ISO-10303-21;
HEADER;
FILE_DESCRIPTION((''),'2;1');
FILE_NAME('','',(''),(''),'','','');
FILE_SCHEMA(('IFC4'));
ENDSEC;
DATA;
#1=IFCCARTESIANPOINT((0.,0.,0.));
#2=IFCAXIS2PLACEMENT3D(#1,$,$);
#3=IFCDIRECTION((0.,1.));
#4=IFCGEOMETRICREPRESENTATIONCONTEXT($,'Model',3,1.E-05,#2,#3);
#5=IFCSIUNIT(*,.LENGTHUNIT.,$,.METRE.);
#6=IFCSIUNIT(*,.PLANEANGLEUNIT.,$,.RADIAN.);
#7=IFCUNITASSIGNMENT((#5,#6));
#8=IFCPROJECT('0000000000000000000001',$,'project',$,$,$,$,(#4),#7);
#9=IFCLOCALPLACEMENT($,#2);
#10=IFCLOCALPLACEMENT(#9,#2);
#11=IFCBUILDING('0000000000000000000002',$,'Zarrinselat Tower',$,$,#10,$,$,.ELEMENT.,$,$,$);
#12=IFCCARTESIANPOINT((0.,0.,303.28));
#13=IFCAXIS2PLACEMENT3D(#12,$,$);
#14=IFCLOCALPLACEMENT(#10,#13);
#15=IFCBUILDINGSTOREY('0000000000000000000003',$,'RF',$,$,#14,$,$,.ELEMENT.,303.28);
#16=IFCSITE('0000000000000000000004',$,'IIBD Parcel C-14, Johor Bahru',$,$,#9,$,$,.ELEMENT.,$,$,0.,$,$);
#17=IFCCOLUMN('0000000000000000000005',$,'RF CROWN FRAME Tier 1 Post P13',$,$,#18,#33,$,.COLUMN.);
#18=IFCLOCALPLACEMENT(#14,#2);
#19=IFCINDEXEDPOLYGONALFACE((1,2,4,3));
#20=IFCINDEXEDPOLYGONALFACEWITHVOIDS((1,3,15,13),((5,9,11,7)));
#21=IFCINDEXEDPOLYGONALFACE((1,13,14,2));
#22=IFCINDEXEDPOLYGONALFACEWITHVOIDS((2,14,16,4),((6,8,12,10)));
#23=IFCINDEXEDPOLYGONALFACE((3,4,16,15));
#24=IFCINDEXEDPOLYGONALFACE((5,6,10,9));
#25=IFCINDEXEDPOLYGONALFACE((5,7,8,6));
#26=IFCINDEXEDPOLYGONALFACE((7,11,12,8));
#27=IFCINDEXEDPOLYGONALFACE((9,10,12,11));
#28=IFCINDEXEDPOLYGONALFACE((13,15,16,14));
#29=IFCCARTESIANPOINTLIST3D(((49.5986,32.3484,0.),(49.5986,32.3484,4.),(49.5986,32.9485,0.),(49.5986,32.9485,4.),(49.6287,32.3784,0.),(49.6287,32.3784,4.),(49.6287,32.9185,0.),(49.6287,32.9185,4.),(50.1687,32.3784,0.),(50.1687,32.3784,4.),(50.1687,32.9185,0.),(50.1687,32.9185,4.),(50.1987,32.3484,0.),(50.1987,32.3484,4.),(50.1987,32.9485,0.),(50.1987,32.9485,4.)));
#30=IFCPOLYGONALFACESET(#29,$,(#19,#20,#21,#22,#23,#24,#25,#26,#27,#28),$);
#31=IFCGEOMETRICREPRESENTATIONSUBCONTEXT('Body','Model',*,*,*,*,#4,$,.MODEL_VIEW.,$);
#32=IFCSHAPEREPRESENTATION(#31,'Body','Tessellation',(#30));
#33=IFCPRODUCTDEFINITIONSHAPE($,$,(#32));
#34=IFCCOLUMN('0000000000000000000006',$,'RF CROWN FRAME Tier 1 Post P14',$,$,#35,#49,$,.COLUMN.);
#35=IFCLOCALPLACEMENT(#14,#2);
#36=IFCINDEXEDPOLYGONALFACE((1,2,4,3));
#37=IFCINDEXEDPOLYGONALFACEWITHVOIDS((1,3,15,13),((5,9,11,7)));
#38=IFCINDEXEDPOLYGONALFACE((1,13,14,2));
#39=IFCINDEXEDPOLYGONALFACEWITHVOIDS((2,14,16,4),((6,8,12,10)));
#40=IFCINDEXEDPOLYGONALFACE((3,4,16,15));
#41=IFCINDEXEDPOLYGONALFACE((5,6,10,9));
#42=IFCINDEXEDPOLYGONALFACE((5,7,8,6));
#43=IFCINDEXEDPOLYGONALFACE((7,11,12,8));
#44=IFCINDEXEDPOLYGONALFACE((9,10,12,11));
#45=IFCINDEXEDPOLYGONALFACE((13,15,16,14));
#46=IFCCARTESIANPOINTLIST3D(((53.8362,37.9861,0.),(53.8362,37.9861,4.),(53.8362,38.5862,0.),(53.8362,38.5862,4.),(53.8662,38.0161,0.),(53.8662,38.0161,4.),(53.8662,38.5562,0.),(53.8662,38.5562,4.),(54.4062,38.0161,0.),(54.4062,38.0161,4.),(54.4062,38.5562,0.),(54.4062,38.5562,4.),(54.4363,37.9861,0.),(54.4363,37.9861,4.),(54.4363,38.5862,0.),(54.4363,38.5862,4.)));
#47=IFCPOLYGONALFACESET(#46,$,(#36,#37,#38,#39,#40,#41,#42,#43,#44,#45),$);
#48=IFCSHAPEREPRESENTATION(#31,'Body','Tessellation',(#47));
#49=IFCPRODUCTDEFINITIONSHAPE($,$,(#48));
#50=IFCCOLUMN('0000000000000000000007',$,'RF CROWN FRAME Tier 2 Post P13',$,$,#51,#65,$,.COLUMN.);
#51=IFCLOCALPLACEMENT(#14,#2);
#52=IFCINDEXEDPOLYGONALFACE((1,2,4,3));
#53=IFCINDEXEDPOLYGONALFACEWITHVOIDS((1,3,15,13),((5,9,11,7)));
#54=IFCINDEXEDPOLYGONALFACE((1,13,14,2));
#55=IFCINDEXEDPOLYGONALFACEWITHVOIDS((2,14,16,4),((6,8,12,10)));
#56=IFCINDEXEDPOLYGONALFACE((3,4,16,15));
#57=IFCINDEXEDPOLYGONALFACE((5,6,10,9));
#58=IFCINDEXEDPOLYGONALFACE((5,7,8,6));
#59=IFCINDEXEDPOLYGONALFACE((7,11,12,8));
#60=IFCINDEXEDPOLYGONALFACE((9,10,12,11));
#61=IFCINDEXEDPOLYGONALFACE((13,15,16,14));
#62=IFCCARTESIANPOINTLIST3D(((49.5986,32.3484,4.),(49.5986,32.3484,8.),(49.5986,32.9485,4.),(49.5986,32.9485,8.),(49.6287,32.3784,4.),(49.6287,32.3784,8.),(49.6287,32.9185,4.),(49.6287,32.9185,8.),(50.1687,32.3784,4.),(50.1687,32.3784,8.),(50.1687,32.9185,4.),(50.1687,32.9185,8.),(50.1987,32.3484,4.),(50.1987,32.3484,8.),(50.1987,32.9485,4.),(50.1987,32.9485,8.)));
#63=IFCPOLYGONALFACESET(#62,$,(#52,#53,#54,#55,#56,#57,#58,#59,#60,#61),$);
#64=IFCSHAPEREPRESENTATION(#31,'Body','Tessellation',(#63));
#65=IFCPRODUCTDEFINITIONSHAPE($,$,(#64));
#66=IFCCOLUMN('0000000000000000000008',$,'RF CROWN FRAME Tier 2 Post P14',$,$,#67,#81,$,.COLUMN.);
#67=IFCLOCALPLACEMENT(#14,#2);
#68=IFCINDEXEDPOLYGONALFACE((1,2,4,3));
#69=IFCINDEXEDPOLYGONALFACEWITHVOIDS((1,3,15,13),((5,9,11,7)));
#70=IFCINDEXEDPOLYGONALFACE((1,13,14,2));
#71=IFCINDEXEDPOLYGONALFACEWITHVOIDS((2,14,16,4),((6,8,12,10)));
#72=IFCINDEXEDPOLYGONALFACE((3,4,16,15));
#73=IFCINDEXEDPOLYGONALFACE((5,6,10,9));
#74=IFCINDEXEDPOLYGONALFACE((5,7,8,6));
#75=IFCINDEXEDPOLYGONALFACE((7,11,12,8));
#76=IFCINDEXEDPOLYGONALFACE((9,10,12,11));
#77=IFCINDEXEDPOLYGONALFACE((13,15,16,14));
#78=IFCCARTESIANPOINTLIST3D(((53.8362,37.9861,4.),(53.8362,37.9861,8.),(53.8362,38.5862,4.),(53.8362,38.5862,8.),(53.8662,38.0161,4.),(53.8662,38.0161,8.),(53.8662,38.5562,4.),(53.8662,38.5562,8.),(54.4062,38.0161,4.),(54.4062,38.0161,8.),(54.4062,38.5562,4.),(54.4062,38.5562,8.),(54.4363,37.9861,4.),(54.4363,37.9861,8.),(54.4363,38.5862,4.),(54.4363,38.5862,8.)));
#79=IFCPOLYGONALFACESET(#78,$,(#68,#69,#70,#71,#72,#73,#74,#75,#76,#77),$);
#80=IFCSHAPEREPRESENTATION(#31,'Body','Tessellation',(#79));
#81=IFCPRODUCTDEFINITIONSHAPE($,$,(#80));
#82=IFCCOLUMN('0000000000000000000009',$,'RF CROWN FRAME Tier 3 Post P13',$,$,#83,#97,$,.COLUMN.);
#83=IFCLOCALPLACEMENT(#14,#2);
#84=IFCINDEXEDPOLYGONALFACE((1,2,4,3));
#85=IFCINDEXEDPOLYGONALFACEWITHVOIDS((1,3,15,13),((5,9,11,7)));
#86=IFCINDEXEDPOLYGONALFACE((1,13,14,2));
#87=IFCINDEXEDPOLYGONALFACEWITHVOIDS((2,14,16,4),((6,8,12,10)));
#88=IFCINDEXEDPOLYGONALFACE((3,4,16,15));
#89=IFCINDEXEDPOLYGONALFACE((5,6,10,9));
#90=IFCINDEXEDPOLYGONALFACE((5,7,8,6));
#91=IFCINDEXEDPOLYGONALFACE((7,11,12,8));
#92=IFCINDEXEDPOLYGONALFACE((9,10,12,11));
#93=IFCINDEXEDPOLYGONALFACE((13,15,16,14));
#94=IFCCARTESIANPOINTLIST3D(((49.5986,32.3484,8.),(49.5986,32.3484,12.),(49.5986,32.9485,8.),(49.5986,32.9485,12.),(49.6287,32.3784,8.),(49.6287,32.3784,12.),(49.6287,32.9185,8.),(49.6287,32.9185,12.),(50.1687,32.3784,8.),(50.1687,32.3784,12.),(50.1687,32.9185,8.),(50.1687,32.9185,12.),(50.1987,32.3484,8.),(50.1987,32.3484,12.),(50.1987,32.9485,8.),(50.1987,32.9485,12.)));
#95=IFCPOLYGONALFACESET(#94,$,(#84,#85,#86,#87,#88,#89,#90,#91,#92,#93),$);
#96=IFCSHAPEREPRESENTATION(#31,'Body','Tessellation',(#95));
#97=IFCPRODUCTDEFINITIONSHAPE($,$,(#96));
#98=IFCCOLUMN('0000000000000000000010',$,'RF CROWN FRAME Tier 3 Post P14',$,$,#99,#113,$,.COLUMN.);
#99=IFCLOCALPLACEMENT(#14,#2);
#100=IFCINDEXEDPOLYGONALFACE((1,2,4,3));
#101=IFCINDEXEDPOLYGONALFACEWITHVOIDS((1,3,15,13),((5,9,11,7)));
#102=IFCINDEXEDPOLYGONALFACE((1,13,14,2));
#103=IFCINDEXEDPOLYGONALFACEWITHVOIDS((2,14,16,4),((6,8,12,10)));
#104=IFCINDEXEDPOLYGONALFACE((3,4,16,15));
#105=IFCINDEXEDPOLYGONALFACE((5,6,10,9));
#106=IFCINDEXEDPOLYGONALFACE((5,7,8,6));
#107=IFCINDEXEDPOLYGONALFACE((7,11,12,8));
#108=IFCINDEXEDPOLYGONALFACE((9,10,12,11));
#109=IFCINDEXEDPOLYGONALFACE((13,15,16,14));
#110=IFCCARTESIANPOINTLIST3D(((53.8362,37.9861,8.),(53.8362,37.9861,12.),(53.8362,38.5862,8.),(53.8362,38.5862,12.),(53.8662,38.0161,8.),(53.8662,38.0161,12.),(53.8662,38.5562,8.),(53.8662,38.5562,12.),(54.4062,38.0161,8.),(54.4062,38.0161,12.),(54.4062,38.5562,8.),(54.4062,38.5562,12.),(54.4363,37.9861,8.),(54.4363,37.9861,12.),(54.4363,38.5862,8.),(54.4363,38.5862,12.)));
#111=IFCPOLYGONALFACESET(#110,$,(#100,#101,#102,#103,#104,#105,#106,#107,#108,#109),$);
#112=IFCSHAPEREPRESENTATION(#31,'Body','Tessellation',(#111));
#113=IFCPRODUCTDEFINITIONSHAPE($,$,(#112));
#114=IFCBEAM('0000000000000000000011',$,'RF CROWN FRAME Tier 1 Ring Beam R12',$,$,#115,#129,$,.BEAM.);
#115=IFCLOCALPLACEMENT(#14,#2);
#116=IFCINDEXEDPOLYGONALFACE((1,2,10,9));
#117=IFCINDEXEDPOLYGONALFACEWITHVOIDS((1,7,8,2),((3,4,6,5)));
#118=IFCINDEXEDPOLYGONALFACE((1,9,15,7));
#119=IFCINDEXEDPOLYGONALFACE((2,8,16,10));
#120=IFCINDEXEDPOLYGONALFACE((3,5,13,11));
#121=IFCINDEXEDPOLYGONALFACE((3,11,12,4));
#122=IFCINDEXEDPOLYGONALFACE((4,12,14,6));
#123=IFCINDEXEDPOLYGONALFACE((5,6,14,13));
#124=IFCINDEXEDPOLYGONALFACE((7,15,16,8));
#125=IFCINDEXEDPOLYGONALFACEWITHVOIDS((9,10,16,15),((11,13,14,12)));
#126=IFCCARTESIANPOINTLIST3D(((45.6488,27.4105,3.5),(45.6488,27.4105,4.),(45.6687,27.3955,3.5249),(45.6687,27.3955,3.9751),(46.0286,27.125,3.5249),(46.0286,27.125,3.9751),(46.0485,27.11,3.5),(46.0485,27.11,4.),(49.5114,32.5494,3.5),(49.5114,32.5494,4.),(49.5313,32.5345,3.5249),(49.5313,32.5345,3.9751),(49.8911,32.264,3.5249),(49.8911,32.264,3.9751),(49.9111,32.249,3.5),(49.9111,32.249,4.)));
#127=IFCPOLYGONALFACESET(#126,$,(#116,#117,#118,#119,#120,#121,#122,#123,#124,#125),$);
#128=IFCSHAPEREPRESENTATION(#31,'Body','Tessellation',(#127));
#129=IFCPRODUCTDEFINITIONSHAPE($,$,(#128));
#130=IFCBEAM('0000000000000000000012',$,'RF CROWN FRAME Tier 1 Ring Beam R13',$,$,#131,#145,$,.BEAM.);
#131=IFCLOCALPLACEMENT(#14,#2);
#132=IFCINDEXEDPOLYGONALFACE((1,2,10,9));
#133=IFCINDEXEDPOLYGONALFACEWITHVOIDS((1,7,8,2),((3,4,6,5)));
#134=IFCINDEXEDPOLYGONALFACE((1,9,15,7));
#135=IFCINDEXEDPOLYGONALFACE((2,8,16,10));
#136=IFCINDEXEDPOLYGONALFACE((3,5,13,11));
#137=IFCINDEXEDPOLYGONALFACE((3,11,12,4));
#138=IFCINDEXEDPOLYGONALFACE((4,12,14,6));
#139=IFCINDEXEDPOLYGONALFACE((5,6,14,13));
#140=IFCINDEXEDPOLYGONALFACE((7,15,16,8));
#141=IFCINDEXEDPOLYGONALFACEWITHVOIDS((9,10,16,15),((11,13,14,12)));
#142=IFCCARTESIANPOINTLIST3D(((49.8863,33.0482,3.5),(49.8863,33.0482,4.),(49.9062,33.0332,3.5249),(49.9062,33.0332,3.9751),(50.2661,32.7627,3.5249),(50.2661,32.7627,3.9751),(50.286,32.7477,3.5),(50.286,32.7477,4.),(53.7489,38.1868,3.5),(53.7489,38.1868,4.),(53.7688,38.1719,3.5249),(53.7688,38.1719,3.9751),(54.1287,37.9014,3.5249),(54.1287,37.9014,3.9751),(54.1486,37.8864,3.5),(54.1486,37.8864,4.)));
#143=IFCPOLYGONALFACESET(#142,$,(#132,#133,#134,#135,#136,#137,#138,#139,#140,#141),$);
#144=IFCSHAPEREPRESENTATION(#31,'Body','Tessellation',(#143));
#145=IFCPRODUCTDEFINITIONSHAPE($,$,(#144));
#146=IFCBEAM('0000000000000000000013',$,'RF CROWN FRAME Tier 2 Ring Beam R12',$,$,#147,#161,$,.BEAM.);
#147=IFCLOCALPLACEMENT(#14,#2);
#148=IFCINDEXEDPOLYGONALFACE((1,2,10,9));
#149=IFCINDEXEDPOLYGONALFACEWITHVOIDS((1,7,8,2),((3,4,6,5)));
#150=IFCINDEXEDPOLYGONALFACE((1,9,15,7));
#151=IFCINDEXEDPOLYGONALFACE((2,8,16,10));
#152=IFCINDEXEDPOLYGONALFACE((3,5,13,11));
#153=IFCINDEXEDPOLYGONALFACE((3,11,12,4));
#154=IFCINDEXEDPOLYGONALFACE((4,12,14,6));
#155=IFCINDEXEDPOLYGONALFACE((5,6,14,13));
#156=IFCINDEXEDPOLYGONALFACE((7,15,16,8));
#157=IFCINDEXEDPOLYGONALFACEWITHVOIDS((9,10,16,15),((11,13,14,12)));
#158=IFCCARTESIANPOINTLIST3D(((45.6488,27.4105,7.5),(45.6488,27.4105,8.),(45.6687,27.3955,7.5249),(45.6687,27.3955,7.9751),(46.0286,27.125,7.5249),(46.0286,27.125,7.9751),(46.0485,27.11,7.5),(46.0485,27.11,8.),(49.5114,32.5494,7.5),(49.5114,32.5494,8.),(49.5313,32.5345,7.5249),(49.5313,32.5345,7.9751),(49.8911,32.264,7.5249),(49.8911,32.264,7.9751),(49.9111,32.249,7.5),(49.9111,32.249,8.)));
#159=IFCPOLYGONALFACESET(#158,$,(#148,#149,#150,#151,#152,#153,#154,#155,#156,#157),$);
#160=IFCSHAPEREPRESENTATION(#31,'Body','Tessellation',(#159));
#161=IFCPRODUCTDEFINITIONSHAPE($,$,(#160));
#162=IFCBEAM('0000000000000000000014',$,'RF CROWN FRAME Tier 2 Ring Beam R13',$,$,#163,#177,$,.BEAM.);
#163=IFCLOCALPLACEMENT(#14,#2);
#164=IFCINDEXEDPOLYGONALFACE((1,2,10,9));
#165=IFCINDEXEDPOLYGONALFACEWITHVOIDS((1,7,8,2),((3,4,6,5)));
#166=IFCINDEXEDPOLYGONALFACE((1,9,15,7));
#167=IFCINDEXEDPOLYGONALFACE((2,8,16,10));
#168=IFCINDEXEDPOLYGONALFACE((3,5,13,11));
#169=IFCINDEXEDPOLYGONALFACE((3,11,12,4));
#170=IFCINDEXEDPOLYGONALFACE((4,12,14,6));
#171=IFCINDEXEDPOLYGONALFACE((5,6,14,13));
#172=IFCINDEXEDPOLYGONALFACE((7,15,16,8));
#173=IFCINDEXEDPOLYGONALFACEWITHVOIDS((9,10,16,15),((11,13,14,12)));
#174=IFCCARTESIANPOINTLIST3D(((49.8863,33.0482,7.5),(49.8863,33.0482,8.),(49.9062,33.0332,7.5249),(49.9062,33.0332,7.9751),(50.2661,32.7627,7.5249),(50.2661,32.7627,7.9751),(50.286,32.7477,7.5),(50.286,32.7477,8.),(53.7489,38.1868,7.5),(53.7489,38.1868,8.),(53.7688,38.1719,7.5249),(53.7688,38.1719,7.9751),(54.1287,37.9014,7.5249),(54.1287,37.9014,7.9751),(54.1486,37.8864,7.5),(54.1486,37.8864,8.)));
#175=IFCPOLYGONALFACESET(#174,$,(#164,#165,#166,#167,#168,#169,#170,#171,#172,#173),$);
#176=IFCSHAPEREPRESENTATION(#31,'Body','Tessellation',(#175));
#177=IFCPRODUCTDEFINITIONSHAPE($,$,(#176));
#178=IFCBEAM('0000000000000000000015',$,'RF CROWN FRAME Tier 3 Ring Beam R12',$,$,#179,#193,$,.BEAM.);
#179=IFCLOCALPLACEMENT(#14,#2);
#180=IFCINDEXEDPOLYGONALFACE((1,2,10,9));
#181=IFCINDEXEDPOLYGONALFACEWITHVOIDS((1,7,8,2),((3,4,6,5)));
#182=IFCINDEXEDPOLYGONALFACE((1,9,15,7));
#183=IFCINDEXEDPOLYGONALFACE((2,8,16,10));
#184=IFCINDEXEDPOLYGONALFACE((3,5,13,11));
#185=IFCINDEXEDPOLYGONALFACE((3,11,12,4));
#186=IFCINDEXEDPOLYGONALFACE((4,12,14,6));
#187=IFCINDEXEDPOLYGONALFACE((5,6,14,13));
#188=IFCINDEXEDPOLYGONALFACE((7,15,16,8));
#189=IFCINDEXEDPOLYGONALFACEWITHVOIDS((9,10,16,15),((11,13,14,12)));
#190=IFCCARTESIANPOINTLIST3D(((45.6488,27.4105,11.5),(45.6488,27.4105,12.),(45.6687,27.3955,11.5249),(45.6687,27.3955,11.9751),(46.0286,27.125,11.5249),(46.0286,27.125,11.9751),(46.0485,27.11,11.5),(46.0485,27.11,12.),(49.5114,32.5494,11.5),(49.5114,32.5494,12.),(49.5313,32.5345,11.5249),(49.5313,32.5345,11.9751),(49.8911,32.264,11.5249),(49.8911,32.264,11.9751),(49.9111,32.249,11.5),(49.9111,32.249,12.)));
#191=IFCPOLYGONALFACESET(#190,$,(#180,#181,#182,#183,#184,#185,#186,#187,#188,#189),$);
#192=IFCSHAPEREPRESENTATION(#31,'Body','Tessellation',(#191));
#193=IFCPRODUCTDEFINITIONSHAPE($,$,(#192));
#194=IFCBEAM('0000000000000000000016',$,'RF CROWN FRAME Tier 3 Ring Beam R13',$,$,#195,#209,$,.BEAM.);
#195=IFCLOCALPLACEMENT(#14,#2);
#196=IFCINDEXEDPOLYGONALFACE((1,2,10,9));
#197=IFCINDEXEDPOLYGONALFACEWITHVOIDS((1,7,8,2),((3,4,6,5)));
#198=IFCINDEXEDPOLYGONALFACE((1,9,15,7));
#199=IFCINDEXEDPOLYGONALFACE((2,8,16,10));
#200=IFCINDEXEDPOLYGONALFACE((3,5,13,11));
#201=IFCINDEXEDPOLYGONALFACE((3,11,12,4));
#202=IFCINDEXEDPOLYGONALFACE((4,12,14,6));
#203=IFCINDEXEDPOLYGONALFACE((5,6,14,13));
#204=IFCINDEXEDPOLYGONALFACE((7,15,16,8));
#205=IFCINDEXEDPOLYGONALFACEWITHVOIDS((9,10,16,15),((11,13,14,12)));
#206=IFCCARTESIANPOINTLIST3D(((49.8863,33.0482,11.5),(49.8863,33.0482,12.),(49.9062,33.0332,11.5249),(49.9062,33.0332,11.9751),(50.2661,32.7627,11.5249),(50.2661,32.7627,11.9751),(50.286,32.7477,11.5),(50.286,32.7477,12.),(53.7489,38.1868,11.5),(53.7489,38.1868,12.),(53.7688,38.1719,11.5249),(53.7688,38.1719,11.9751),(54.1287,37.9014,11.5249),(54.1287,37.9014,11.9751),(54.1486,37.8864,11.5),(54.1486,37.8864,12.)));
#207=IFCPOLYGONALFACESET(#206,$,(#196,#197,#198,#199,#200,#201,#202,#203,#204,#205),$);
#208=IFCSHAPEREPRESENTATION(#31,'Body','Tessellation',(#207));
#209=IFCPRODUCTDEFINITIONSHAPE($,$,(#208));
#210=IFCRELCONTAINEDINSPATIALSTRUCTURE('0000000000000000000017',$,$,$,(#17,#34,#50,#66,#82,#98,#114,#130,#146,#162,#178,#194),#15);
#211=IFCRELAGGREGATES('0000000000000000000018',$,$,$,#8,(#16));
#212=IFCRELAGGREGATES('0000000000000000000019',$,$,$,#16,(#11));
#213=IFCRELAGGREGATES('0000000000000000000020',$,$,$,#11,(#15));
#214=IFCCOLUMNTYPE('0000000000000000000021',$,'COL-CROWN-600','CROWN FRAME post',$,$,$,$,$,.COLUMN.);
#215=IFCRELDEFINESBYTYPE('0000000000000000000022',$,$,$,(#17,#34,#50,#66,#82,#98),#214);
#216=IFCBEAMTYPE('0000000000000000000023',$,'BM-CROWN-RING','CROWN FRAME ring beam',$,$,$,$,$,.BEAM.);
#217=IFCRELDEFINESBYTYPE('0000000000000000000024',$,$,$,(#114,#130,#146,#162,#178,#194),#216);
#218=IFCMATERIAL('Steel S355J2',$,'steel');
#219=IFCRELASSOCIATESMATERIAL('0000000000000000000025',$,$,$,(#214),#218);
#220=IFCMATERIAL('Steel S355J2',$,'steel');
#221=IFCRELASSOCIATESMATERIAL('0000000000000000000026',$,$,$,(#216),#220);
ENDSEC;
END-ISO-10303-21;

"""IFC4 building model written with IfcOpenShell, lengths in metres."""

from ifc_helpers import new_model, si_unit, direction, frame, origin, origin_2d, place, context, subcontext, project, spatial, hollow_rectangle, extrude, material, material_profile, profile_set, type_object, element, save


model = new_model("IFC4")

# Units and contexts
model_context = context("Model", 3, precision=1e-05, world=origin(), true_north=direction((0.0, 1.0)))
body_context = subcontext(model_context, "Body", "Model", "MODEL_VIEW")
ifc_project = project(units=[si_unit("LENGTHUNIT", "METRE"), si_unit("PLANEANGLEUNIT", "RADIAN")], contexts=[model_context])

# Site, building, storey
site_placement = place(None, origin())
site = spatial("IfcSite", under=ifc_project, at=site_placement, Name="IIBD Parcel C-14, Johor Bahru", CompositionType="ELEMENT", RefElevation=0.0)
building_placement = place(site_placement, origin())
building = spatial("IfcBuilding", under=site, at=building_placement, Name="Zarrinselat Tower", CompositionType="ELEMENT")
storey_placement = place(building_placement, frame((0.0, 0.0, 303.28)))
storey = spatial("IfcBuildingStorey", under=building, at=storey_placement, Name="RF", CompositionType="ELEMENT", Elevation=303.28)

# Columns
ifc_material_1 = material(Name="Steel S355J2", Category="steel")
ifc_material_profile_1 = material_profile(ifc_material_1, hollow_rectangle(XDim=0.6001, YDim=0.6001, WallThickness=0.03, at=origin_2d()), Name="SHS 600x600x30")
ifc_profile_set_1 = profile_set([ifc_material_profile_1], Name="Steel S355J2")
column_type = type_object("IfcColumnType", Name="COL-CROWN-600", Description="CROWN FRAME post", PredefinedType="COLUMN", material=ifc_profile_set_1)
for number, where, z_axis, x_axis, name in (
    (1, (49.8987, 32.6484, 0.0), (0.0, 0.0, 1.0), (1.0, 0.0, 0.0), "RF CROWN FRAME Tier 1 Post P13"),
    (2, (54.1362, 38.2861, 0.0), (0.0, 0.0, 1.0), (1.0, 0.0, 0.0), "RF CROWN FRAME Tier 1 Post P14"),
    (3, (49.8987, 32.6484, 4.0), (0.0, 0.0, 1.0), (1.0, 0.0, 0.0), "RF CROWN FRAME Tier 2 Post P13"),
    (4, (54.1362, 38.2861, 4.0), (0.0, 0.0, 1.0), (1.0, 0.0, 0.0), "RF CROWN FRAME Tier 2 Post P14"),
    (5, (49.8987, 32.6484, 8.0), (0.0, 0.0, 1.0), (1.0, 0.0, 0.0), "RF CROWN FRAME Tier 3 Post P13"),
    (6, (54.1362, 38.2861, 8.0), (0.0, 0.0, 1.0), (1.0, 0.0, 0.0), "RF CROWN FRAME Tier 3 Post P14"),
):
    element("IfcColumn", number, at=place(storey_placement, frame(where, z_axis=z_axis, x_axis=x_axis)), inside=storey, type_object=column_type, Name=name, PredefinedType="COLUMN", context=body_context, shape_type="SweptSolid", body=[
        extrude(hollow_rectangle(XDim=0.6001, YDim=0.6001, WallThickness=0.03, at=origin_2d()), origin(), (0.0, 0.0, 1.0), 4.0),
    ])

# Beams
ifc_material_2 = material(Name="Steel S355J2", Category="steel")
ifc_material_profile_2 = material_profile(ifc_material_2, hollow_rectangle(XDim=0.5, YDim=0.5, WallThickness=0.0249, at=origin_2d()), Name="SHS 500x500x25")
ifc_profile_set_2 = profile_set([ifc_material_profile_2], Name="Steel S355J2")
beam_type = type_object("IfcBeamType", Name="BM-CROWN-RING", Description="CROWN FRAME ring beam", PredefinedType="BEAM", material=ifc_profile_set_2)
beam_1_placement = place(storey_placement, frame((45.8486, 27.2603, 3.75), z_axis=(0.600832, 0.799375, 0.0), x_axis=(-0.799375, 0.600832, 0.0)))
element("IfcBeam", 7, at=beam_1_placement, inside=storey, type_object=beam_type, Name="RF CROWN FRAME Tier 1 Ring Beam R12", PredefinedType="BEAM", context=body_context, shape_type="SweptSolid", body=[
    extrude(hollow_rectangle(XDim=0.5, YDim=0.5, WallThickness=0.0249, at=origin_2d()), origin(), (0.0, 0.0, 1.0), 6.4287),
])
beam_2_placement = place(storey_placement, frame((50.0862, 32.8979, 3.75), z_axis=(0.60085, 0.799362, 0.0), x_axis=(-0.799362, 0.60085, 0.0)))
element("IfcBeam", 8, at=beam_2_placement, inside=storey, type_object=beam_type, Name="RF CROWN FRAME Tier 1 Ring Beam R13", PredefinedType="BEAM", context=body_context, shape_type="SweptSolid", body=[
    extrude(hollow_rectangle(XDim=0.5, YDim=0.5, WallThickness=0.0249, at=origin_2d()), origin(), (0.0, 0.0, 1.0), 6.4285),
])
beam_3_placement = place(storey_placement, frame((45.8486, 27.2603, 7.75), z_axis=(0.600832, 0.799375, 0.0), x_axis=(-0.799375, 0.600832, 0.0)))
element("IfcBeam", 9, at=beam_3_placement, inside=storey, type_object=beam_type, Name="RF CROWN FRAME Tier 2 Ring Beam R12", PredefinedType="BEAM", context=body_context, shape_type="SweptSolid", body=[
    extrude(hollow_rectangle(XDim=0.5, YDim=0.5, WallThickness=0.0249, at=origin_2d()), origin(), (0.0, 0.0, 1.0), 6.4287),
])
beam_4_placement = place(storey_placement, frame((50.0862, 32.8979, 7.75), z_axis=(0.60085, 0.799362, 0.0), x_axis=(-0.799362, 0.60085, 0.0)))
element("IfcBeam", 10, at=beam_4_placement, inside=storey, type_object=beam_type, Name="RF CROWN FRAME Tier 2 Ring Beam R13", PredefinedType="BEAM", context=body_context, shape_type="SweptSolid", body=[
    extrude(hollow_rectangle(XDim=0.5, YDim=0.5, WallThickness=0.0249, at=origin_2d()), origin(), (0.0, 0.0, 1.0), 6.4285),
])
beam_5_placement = place(storey_placement, frame((45.8486, 27.2603, 11.75), z_axis=(0.600832, 0.799375, 0.0), x_axis=(-0.799375, 0.600832, 0.0)))
element("IfcBeam", 11, at=beam_5_placement, inside=storey, type_object=beam_type, Name="RF CROWN FRAME Tier 3 Ring Beam R12", PredefinedType="BEAM", context=body_context, shape_type="SweptSolid", body=[
    extrude(hollow_rectangle(XDim=0.5, YDim=0.5, WallThickness=0.0249, at=origin_2d()), origin(), (0.0, 0.0, 1.0), 6.4287),
])
beam_6_placement = place(storey_placement, frame((50.0862, 32.8979, 11.75), z_axis=(0.60085, 0.799362, 0.0), x_axis=(-0.799362, 0.60085, 0.0)))
element("IfcBeam", 12, at=beam_6_placement, inside=storey, type_object=beam_type, Name="RF CROWN FRAME Tier 3 Ring Beam R13", PredefinedType="BEAM", context=body_context, shape_type="SweptSolid", body=[
    extrude(hollow_rectangle(XDim=0.5, YDim=0.5, WallThickness=0.0249, at=origin_2d()), origin(), (0.0, 0.0, 1.0), 6.4285),
])

save(model, "model.ifc")
